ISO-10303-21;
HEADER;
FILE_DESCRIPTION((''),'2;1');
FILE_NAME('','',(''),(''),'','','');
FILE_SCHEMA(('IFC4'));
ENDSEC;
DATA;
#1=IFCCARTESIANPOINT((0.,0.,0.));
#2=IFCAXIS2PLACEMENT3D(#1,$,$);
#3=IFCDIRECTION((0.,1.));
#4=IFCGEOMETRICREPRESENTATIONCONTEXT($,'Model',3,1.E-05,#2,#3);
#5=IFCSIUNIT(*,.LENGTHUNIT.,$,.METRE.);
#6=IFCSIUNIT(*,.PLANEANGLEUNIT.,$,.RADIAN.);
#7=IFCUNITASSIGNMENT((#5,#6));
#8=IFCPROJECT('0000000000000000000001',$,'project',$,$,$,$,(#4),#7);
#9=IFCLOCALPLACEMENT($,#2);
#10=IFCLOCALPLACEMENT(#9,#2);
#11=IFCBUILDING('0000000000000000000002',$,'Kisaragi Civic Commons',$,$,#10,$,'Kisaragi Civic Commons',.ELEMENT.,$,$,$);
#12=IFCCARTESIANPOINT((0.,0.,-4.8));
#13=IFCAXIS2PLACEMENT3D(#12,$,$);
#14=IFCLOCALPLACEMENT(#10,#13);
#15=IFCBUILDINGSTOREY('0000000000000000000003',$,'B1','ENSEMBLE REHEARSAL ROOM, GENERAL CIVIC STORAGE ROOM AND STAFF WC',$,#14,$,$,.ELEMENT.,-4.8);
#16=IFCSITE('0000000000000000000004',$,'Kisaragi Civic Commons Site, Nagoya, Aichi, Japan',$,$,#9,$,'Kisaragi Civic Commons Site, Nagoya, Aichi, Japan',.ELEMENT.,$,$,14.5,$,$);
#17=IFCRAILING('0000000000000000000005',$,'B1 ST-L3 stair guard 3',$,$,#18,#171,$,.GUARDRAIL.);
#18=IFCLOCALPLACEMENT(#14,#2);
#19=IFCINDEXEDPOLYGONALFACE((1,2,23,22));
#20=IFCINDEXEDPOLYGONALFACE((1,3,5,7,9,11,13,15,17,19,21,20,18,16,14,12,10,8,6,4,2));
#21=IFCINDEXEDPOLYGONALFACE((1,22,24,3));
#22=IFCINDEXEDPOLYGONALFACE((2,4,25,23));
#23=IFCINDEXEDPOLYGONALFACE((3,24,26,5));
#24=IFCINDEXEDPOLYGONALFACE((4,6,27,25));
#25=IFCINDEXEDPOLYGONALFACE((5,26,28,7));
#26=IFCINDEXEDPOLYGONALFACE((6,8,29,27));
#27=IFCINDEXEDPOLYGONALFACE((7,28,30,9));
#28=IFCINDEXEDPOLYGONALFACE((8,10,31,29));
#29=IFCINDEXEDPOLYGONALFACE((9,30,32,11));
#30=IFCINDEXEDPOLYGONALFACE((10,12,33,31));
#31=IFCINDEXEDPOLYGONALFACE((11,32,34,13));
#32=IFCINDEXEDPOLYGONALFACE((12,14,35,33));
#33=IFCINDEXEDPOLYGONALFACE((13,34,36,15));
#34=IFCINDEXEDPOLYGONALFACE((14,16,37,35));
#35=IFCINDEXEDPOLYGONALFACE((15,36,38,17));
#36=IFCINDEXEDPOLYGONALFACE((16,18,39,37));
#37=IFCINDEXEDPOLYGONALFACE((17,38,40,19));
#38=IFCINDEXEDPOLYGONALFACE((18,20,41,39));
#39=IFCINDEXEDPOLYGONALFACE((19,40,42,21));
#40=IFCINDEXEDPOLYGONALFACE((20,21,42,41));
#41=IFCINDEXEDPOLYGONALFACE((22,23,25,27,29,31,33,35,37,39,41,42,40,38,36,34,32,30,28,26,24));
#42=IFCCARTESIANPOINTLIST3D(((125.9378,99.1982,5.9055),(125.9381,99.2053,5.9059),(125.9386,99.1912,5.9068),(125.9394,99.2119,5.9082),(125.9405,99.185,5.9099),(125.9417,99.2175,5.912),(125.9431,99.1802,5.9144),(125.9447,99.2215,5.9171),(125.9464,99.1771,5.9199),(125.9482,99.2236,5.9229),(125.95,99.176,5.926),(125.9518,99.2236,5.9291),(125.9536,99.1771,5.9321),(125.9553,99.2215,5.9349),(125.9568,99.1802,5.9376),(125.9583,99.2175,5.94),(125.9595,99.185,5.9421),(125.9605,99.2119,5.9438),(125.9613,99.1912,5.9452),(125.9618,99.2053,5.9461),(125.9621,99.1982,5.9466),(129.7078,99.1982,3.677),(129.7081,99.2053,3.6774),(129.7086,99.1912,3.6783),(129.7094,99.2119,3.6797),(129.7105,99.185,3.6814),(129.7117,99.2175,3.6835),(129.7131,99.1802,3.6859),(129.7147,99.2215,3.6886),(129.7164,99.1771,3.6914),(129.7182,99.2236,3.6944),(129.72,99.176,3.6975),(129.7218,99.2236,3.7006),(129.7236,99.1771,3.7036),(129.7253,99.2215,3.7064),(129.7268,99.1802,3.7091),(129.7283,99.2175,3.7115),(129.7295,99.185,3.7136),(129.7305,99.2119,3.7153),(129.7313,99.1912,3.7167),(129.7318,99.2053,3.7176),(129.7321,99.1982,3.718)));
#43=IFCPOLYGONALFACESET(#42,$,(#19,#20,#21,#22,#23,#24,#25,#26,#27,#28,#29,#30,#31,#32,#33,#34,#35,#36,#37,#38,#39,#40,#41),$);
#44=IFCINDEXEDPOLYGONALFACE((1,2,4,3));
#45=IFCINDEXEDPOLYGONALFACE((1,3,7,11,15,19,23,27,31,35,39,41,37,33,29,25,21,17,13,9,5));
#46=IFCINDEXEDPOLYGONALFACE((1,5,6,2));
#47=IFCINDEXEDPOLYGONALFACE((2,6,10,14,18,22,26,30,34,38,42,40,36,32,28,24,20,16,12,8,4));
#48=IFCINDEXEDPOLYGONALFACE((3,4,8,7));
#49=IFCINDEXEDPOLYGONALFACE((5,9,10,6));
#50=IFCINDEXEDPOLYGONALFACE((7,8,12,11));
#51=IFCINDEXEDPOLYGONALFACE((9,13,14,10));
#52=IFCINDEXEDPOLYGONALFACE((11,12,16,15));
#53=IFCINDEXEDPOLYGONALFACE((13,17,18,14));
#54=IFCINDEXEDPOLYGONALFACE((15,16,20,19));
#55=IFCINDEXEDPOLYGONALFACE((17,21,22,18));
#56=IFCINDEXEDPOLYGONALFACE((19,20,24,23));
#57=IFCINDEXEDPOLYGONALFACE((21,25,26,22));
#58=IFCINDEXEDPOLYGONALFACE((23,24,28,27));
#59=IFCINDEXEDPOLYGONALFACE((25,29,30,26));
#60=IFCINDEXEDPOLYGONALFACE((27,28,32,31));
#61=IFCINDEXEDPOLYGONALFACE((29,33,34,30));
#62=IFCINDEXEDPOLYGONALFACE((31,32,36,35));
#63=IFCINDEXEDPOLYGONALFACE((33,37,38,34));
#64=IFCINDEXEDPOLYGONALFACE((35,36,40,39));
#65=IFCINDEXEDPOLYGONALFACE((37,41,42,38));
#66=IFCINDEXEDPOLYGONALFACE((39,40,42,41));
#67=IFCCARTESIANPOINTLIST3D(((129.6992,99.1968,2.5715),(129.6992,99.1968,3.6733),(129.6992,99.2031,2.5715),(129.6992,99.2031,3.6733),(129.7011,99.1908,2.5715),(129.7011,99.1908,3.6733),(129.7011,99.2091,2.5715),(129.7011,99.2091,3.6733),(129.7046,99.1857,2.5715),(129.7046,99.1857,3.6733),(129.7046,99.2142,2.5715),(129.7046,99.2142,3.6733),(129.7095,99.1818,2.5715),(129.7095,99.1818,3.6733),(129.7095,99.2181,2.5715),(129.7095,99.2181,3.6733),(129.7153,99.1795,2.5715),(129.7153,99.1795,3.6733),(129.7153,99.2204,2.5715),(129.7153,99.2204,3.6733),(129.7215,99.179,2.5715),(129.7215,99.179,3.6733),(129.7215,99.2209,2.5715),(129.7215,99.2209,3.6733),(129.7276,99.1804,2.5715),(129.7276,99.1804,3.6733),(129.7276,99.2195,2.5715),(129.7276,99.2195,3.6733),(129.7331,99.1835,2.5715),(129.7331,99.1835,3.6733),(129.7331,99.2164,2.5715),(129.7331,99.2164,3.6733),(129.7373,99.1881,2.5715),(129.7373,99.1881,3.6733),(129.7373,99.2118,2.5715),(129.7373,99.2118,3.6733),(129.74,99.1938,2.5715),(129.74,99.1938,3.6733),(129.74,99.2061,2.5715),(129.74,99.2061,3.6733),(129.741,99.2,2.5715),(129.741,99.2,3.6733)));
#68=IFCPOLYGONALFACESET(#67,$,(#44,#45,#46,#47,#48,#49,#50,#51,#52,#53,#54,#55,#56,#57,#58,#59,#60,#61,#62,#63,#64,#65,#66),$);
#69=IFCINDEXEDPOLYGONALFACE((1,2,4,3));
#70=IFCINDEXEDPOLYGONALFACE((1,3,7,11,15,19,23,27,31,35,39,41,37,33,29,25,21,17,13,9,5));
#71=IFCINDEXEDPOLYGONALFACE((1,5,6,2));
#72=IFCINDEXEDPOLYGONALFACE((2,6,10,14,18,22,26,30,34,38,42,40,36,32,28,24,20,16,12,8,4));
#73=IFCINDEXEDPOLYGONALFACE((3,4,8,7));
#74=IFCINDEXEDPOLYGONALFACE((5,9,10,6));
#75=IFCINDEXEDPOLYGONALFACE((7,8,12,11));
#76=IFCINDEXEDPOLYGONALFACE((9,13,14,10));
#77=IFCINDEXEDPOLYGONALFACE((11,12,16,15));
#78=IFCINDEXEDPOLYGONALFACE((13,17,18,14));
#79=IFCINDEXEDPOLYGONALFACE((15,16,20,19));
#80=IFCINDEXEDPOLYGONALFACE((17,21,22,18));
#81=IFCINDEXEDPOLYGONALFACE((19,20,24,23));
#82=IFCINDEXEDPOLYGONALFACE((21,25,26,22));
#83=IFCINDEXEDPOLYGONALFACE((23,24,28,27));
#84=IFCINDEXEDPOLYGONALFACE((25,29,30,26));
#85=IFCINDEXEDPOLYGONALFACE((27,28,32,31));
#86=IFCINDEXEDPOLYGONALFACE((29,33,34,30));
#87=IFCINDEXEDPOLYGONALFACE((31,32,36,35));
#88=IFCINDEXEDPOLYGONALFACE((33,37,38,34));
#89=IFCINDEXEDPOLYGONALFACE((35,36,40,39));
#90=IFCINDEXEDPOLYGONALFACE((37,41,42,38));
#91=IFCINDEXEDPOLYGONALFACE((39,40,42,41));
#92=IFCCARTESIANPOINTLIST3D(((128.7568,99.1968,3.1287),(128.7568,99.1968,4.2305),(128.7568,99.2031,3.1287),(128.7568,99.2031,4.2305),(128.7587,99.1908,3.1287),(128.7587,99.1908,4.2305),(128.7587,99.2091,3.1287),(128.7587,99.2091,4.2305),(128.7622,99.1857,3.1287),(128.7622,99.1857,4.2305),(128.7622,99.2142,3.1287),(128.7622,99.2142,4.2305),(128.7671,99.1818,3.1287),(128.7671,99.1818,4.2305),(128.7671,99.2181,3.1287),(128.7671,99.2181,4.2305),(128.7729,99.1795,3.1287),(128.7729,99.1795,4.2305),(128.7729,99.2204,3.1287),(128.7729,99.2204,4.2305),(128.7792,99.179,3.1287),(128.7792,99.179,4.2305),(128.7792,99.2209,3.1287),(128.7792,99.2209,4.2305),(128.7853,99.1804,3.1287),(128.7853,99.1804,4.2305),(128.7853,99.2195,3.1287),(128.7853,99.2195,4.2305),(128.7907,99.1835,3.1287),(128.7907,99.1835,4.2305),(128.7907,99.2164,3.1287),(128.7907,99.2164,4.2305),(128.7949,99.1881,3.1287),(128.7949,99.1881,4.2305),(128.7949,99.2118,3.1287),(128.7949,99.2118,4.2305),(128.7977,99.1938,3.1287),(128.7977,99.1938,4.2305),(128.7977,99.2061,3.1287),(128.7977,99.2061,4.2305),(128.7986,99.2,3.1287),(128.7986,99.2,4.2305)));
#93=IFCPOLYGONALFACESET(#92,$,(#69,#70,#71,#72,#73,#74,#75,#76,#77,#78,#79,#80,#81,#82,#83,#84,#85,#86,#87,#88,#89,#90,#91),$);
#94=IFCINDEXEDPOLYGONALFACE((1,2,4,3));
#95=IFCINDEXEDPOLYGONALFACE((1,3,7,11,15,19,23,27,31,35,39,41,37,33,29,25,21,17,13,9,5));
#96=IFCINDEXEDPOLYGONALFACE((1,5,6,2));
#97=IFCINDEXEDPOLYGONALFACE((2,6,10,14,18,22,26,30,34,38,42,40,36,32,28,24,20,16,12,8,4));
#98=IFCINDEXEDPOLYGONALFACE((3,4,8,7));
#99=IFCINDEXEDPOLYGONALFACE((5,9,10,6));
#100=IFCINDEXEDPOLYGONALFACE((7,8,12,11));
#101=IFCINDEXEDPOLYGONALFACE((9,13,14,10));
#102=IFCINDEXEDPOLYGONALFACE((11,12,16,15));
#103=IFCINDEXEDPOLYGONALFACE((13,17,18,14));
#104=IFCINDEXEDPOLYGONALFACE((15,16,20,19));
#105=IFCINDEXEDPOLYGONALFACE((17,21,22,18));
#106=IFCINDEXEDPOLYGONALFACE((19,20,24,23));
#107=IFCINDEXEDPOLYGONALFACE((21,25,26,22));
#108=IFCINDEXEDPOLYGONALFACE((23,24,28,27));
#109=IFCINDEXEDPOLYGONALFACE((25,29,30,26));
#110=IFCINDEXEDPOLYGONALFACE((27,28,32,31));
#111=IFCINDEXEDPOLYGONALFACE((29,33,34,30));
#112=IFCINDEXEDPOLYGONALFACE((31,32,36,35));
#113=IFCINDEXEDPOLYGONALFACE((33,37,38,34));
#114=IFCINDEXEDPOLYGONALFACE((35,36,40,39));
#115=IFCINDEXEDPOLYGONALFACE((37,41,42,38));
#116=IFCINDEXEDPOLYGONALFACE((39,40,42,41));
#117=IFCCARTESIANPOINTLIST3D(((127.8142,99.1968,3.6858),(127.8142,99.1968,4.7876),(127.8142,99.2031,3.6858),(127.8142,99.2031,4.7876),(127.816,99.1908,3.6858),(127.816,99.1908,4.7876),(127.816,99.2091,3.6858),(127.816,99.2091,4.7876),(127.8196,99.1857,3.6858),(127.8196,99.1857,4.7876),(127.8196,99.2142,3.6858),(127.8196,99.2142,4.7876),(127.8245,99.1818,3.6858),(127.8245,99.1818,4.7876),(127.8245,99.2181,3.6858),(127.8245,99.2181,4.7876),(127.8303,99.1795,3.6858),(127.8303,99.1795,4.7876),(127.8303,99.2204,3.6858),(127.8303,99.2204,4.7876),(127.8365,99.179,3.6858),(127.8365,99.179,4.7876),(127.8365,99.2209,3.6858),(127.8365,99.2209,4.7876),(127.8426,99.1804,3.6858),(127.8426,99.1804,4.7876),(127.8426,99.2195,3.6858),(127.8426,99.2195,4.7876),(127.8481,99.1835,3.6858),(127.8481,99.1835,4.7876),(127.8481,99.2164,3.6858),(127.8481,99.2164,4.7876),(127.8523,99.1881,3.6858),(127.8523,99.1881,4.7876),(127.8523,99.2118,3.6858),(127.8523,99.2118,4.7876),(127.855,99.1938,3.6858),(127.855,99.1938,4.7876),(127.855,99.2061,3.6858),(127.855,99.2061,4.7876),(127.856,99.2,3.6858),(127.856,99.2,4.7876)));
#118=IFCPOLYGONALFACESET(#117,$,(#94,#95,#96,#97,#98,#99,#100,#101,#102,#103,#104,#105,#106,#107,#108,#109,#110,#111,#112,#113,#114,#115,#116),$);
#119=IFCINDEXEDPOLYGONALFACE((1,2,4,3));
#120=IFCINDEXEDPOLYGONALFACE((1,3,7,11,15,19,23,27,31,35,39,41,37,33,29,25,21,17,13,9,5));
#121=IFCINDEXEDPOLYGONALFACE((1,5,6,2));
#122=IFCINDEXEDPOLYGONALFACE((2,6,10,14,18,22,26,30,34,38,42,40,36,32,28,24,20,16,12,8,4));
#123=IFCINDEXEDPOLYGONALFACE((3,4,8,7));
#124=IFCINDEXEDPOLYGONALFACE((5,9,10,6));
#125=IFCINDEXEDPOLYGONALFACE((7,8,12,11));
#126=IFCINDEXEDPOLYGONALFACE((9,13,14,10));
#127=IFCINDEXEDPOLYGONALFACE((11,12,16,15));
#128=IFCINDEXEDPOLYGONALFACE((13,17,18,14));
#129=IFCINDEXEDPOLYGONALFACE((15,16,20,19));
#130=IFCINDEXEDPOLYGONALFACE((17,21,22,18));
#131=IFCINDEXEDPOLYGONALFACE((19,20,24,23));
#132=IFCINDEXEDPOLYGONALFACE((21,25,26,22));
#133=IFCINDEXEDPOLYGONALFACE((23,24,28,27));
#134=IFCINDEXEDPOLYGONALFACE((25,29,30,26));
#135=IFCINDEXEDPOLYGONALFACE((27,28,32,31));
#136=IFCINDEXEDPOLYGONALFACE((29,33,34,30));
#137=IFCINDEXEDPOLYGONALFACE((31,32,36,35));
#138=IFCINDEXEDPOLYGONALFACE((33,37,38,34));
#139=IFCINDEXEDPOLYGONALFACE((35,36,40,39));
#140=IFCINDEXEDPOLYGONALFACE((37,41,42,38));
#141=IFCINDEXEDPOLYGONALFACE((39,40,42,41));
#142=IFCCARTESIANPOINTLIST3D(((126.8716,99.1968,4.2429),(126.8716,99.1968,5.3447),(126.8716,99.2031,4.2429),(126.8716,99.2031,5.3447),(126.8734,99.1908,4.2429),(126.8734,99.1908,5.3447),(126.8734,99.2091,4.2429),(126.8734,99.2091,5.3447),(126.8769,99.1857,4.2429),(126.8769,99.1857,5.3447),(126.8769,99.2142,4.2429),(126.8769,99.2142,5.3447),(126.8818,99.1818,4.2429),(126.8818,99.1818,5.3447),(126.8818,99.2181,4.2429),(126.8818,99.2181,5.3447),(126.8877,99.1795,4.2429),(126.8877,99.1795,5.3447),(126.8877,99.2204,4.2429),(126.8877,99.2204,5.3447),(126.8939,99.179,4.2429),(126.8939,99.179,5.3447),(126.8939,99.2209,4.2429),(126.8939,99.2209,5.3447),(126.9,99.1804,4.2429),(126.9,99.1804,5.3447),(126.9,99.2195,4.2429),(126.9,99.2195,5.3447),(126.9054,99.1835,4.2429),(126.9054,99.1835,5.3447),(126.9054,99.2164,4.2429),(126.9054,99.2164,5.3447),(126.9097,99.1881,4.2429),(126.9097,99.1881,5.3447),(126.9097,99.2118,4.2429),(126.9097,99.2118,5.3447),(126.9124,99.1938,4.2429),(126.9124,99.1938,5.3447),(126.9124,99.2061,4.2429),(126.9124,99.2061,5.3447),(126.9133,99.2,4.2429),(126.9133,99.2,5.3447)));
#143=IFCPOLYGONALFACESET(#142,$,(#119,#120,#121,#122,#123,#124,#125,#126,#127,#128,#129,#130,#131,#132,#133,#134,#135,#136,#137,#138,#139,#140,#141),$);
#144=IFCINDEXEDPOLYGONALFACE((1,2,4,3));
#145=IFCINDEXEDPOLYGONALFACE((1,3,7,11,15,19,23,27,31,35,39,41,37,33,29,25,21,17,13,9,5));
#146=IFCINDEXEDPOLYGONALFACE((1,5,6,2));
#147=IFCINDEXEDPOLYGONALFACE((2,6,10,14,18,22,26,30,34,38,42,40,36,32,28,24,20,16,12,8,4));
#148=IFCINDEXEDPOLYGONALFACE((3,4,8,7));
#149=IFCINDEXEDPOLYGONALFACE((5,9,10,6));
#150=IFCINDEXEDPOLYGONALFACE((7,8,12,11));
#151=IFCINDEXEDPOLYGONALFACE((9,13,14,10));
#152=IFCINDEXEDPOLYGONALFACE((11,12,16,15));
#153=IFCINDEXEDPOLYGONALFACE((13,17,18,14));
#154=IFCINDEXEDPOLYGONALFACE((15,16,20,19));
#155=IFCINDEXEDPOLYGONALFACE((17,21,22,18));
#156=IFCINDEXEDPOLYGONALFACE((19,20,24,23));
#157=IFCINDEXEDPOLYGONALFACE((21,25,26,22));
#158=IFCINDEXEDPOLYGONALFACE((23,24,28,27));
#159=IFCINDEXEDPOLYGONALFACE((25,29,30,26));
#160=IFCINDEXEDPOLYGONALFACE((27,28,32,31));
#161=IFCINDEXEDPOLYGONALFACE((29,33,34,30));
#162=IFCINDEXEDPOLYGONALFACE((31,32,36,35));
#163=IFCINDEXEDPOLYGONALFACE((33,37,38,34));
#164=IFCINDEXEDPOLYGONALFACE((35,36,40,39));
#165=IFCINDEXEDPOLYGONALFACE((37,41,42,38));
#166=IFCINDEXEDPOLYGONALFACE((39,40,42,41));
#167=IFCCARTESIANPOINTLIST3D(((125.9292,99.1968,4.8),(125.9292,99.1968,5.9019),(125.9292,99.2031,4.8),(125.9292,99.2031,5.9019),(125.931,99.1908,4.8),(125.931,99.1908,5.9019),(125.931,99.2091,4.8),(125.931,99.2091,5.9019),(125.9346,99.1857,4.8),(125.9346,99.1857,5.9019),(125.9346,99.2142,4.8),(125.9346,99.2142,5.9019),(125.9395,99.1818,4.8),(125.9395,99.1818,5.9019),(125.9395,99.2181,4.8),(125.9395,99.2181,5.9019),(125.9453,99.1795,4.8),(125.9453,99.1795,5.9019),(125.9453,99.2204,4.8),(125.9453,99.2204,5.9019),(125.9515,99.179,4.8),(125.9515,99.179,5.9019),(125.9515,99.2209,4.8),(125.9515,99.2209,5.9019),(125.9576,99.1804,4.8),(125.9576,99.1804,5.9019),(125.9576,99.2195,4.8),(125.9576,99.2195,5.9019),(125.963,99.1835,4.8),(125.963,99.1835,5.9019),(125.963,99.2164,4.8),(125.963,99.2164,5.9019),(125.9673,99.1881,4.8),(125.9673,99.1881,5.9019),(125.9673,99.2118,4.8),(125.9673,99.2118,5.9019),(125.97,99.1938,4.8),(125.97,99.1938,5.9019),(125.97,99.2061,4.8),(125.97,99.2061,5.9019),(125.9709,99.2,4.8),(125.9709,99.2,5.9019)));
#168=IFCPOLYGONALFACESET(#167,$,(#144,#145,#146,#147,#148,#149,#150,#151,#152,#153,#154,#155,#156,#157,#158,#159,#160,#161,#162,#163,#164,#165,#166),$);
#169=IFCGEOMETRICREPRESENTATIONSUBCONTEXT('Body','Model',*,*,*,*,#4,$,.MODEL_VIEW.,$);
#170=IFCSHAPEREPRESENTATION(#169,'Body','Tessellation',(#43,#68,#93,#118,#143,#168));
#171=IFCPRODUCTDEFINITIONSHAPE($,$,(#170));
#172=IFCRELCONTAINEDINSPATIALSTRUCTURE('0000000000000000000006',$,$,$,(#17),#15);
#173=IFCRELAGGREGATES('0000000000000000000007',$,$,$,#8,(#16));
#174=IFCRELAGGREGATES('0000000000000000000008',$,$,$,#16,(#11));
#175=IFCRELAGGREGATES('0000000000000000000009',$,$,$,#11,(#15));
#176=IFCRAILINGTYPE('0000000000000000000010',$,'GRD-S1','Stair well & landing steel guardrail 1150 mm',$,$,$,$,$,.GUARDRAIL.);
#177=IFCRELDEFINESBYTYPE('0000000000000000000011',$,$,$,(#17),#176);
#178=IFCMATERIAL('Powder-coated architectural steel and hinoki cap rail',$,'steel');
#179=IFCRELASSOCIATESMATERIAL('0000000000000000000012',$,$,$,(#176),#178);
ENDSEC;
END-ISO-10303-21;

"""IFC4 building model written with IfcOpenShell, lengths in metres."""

from ifc_helpers import new_model, si_unit, direction, frame, origin, origin_2d, place, context, subcontext, project, spatial, circle, extrude, material, type_object, element, save


model = new_model("IFC4")

# Units and contexts
model_context = context("Model", 3, precision=1e-05, world=origin(), true_north=direction((0.0, 1.0)))
body_context = subcontext(model_context, "Body", "Model", "MODEL_VIEW")
ifc_project = project(units=[si_unit("LENGTHUNIT", "METRE"), si_unit("PLANEANGLEUNIT", "RADIAN")], contexts=[model_context])

# Site, building, storey
site_placement = place(None, origin())
site = spatial("IfcSite", under=ifc_project, at=site_placement, Name="Kisaragi Civic Commons Site, Nagoya, Aichi, Japan", LongName="Kisaragi Civic Commons Site, Nagoya, Aichi, Japan", CompositionType="ELEMENT", RefElevation=14.5)
building_placement = place(site_placement, origin())
building = spatial("IfcBuilding", under=site, at=building_placement, Name="Kisaragi Civic Commons", LongName="Kisaragi Civic Commons", CompositionType="ELEMENT")
storey_placement = place(building_placement, frame((0.0, 0.0, -4.8)))
storey = spatial("IfcBuildingStorey", under=building, at=storey_placement, Name="B1", Description="ENSEMBLE REHEARSAL ROOM, GENERAL CIVIC STORAGE ROOM AND STAFF WC", CompositionType="ELEMENT", Elevation=-4.8)

# Railing
ifc_material_1 = material(Name="Powder-coated architectural steel and hinoki cap rail", Category="steel")
railing_type_1 = type_object("IfcRailingType", Name="GRD-S1", Description="Stair well & landing steel guardrail 1150 mm", PredefinedType="GUARDRAIL", material=ifc_material_1)
railing_1_placement = place(storey_placement, frame((129.72, 99.2, 2.5715)))
element("IfcRailing", 1, at=railing_1_placement, inside=storey, type_object=railing_type_1, Name="B1 ST-L3 stair guard 3", PredefinedType="GUARDRAIL", context=body_context, shape_type="SweptSolid", body=[
    extrude(circle(Radius=0.0239, at=origin_2d()), frame((0.0, 0.0, 1.126), z_axis=(-0.860849, 0.0, 0.508861), x_axis=(0.0, -1.0, 0.0)), (0.0, 0.0, 1.0), 4.3794),
    extrude(circle(Radius=0.021, at=origin_2d()), origin(), (0.0, 0.0, 1.0), 1.1018),
    extrude(circle(Radius=0.021, at=origin_2d()), frame((-0.9424, 0.0, 0.5571)), (0.0, 0.0, 1.0), 1.1018),
    extrude(circle(Radius=0.021, at=origin_2d()), frame((-1.885, 0.0, 1.1143)), (0.0, 0.0, 1.0), 1.1018),
    extrude(circle(Radius=0.021, at=origin_2d()), frame((-2.8276, 0.0, 1.6714)), (0.0, 0.0, 1.0), 1.1018),
    extrude(circle(Radius=0.021, at=origin_2d()), frame((-3.77, 0.0, 2.2285)), (0.0, 0.0, 1.0), 1.1018),
])

save(model, "model.ifc")
